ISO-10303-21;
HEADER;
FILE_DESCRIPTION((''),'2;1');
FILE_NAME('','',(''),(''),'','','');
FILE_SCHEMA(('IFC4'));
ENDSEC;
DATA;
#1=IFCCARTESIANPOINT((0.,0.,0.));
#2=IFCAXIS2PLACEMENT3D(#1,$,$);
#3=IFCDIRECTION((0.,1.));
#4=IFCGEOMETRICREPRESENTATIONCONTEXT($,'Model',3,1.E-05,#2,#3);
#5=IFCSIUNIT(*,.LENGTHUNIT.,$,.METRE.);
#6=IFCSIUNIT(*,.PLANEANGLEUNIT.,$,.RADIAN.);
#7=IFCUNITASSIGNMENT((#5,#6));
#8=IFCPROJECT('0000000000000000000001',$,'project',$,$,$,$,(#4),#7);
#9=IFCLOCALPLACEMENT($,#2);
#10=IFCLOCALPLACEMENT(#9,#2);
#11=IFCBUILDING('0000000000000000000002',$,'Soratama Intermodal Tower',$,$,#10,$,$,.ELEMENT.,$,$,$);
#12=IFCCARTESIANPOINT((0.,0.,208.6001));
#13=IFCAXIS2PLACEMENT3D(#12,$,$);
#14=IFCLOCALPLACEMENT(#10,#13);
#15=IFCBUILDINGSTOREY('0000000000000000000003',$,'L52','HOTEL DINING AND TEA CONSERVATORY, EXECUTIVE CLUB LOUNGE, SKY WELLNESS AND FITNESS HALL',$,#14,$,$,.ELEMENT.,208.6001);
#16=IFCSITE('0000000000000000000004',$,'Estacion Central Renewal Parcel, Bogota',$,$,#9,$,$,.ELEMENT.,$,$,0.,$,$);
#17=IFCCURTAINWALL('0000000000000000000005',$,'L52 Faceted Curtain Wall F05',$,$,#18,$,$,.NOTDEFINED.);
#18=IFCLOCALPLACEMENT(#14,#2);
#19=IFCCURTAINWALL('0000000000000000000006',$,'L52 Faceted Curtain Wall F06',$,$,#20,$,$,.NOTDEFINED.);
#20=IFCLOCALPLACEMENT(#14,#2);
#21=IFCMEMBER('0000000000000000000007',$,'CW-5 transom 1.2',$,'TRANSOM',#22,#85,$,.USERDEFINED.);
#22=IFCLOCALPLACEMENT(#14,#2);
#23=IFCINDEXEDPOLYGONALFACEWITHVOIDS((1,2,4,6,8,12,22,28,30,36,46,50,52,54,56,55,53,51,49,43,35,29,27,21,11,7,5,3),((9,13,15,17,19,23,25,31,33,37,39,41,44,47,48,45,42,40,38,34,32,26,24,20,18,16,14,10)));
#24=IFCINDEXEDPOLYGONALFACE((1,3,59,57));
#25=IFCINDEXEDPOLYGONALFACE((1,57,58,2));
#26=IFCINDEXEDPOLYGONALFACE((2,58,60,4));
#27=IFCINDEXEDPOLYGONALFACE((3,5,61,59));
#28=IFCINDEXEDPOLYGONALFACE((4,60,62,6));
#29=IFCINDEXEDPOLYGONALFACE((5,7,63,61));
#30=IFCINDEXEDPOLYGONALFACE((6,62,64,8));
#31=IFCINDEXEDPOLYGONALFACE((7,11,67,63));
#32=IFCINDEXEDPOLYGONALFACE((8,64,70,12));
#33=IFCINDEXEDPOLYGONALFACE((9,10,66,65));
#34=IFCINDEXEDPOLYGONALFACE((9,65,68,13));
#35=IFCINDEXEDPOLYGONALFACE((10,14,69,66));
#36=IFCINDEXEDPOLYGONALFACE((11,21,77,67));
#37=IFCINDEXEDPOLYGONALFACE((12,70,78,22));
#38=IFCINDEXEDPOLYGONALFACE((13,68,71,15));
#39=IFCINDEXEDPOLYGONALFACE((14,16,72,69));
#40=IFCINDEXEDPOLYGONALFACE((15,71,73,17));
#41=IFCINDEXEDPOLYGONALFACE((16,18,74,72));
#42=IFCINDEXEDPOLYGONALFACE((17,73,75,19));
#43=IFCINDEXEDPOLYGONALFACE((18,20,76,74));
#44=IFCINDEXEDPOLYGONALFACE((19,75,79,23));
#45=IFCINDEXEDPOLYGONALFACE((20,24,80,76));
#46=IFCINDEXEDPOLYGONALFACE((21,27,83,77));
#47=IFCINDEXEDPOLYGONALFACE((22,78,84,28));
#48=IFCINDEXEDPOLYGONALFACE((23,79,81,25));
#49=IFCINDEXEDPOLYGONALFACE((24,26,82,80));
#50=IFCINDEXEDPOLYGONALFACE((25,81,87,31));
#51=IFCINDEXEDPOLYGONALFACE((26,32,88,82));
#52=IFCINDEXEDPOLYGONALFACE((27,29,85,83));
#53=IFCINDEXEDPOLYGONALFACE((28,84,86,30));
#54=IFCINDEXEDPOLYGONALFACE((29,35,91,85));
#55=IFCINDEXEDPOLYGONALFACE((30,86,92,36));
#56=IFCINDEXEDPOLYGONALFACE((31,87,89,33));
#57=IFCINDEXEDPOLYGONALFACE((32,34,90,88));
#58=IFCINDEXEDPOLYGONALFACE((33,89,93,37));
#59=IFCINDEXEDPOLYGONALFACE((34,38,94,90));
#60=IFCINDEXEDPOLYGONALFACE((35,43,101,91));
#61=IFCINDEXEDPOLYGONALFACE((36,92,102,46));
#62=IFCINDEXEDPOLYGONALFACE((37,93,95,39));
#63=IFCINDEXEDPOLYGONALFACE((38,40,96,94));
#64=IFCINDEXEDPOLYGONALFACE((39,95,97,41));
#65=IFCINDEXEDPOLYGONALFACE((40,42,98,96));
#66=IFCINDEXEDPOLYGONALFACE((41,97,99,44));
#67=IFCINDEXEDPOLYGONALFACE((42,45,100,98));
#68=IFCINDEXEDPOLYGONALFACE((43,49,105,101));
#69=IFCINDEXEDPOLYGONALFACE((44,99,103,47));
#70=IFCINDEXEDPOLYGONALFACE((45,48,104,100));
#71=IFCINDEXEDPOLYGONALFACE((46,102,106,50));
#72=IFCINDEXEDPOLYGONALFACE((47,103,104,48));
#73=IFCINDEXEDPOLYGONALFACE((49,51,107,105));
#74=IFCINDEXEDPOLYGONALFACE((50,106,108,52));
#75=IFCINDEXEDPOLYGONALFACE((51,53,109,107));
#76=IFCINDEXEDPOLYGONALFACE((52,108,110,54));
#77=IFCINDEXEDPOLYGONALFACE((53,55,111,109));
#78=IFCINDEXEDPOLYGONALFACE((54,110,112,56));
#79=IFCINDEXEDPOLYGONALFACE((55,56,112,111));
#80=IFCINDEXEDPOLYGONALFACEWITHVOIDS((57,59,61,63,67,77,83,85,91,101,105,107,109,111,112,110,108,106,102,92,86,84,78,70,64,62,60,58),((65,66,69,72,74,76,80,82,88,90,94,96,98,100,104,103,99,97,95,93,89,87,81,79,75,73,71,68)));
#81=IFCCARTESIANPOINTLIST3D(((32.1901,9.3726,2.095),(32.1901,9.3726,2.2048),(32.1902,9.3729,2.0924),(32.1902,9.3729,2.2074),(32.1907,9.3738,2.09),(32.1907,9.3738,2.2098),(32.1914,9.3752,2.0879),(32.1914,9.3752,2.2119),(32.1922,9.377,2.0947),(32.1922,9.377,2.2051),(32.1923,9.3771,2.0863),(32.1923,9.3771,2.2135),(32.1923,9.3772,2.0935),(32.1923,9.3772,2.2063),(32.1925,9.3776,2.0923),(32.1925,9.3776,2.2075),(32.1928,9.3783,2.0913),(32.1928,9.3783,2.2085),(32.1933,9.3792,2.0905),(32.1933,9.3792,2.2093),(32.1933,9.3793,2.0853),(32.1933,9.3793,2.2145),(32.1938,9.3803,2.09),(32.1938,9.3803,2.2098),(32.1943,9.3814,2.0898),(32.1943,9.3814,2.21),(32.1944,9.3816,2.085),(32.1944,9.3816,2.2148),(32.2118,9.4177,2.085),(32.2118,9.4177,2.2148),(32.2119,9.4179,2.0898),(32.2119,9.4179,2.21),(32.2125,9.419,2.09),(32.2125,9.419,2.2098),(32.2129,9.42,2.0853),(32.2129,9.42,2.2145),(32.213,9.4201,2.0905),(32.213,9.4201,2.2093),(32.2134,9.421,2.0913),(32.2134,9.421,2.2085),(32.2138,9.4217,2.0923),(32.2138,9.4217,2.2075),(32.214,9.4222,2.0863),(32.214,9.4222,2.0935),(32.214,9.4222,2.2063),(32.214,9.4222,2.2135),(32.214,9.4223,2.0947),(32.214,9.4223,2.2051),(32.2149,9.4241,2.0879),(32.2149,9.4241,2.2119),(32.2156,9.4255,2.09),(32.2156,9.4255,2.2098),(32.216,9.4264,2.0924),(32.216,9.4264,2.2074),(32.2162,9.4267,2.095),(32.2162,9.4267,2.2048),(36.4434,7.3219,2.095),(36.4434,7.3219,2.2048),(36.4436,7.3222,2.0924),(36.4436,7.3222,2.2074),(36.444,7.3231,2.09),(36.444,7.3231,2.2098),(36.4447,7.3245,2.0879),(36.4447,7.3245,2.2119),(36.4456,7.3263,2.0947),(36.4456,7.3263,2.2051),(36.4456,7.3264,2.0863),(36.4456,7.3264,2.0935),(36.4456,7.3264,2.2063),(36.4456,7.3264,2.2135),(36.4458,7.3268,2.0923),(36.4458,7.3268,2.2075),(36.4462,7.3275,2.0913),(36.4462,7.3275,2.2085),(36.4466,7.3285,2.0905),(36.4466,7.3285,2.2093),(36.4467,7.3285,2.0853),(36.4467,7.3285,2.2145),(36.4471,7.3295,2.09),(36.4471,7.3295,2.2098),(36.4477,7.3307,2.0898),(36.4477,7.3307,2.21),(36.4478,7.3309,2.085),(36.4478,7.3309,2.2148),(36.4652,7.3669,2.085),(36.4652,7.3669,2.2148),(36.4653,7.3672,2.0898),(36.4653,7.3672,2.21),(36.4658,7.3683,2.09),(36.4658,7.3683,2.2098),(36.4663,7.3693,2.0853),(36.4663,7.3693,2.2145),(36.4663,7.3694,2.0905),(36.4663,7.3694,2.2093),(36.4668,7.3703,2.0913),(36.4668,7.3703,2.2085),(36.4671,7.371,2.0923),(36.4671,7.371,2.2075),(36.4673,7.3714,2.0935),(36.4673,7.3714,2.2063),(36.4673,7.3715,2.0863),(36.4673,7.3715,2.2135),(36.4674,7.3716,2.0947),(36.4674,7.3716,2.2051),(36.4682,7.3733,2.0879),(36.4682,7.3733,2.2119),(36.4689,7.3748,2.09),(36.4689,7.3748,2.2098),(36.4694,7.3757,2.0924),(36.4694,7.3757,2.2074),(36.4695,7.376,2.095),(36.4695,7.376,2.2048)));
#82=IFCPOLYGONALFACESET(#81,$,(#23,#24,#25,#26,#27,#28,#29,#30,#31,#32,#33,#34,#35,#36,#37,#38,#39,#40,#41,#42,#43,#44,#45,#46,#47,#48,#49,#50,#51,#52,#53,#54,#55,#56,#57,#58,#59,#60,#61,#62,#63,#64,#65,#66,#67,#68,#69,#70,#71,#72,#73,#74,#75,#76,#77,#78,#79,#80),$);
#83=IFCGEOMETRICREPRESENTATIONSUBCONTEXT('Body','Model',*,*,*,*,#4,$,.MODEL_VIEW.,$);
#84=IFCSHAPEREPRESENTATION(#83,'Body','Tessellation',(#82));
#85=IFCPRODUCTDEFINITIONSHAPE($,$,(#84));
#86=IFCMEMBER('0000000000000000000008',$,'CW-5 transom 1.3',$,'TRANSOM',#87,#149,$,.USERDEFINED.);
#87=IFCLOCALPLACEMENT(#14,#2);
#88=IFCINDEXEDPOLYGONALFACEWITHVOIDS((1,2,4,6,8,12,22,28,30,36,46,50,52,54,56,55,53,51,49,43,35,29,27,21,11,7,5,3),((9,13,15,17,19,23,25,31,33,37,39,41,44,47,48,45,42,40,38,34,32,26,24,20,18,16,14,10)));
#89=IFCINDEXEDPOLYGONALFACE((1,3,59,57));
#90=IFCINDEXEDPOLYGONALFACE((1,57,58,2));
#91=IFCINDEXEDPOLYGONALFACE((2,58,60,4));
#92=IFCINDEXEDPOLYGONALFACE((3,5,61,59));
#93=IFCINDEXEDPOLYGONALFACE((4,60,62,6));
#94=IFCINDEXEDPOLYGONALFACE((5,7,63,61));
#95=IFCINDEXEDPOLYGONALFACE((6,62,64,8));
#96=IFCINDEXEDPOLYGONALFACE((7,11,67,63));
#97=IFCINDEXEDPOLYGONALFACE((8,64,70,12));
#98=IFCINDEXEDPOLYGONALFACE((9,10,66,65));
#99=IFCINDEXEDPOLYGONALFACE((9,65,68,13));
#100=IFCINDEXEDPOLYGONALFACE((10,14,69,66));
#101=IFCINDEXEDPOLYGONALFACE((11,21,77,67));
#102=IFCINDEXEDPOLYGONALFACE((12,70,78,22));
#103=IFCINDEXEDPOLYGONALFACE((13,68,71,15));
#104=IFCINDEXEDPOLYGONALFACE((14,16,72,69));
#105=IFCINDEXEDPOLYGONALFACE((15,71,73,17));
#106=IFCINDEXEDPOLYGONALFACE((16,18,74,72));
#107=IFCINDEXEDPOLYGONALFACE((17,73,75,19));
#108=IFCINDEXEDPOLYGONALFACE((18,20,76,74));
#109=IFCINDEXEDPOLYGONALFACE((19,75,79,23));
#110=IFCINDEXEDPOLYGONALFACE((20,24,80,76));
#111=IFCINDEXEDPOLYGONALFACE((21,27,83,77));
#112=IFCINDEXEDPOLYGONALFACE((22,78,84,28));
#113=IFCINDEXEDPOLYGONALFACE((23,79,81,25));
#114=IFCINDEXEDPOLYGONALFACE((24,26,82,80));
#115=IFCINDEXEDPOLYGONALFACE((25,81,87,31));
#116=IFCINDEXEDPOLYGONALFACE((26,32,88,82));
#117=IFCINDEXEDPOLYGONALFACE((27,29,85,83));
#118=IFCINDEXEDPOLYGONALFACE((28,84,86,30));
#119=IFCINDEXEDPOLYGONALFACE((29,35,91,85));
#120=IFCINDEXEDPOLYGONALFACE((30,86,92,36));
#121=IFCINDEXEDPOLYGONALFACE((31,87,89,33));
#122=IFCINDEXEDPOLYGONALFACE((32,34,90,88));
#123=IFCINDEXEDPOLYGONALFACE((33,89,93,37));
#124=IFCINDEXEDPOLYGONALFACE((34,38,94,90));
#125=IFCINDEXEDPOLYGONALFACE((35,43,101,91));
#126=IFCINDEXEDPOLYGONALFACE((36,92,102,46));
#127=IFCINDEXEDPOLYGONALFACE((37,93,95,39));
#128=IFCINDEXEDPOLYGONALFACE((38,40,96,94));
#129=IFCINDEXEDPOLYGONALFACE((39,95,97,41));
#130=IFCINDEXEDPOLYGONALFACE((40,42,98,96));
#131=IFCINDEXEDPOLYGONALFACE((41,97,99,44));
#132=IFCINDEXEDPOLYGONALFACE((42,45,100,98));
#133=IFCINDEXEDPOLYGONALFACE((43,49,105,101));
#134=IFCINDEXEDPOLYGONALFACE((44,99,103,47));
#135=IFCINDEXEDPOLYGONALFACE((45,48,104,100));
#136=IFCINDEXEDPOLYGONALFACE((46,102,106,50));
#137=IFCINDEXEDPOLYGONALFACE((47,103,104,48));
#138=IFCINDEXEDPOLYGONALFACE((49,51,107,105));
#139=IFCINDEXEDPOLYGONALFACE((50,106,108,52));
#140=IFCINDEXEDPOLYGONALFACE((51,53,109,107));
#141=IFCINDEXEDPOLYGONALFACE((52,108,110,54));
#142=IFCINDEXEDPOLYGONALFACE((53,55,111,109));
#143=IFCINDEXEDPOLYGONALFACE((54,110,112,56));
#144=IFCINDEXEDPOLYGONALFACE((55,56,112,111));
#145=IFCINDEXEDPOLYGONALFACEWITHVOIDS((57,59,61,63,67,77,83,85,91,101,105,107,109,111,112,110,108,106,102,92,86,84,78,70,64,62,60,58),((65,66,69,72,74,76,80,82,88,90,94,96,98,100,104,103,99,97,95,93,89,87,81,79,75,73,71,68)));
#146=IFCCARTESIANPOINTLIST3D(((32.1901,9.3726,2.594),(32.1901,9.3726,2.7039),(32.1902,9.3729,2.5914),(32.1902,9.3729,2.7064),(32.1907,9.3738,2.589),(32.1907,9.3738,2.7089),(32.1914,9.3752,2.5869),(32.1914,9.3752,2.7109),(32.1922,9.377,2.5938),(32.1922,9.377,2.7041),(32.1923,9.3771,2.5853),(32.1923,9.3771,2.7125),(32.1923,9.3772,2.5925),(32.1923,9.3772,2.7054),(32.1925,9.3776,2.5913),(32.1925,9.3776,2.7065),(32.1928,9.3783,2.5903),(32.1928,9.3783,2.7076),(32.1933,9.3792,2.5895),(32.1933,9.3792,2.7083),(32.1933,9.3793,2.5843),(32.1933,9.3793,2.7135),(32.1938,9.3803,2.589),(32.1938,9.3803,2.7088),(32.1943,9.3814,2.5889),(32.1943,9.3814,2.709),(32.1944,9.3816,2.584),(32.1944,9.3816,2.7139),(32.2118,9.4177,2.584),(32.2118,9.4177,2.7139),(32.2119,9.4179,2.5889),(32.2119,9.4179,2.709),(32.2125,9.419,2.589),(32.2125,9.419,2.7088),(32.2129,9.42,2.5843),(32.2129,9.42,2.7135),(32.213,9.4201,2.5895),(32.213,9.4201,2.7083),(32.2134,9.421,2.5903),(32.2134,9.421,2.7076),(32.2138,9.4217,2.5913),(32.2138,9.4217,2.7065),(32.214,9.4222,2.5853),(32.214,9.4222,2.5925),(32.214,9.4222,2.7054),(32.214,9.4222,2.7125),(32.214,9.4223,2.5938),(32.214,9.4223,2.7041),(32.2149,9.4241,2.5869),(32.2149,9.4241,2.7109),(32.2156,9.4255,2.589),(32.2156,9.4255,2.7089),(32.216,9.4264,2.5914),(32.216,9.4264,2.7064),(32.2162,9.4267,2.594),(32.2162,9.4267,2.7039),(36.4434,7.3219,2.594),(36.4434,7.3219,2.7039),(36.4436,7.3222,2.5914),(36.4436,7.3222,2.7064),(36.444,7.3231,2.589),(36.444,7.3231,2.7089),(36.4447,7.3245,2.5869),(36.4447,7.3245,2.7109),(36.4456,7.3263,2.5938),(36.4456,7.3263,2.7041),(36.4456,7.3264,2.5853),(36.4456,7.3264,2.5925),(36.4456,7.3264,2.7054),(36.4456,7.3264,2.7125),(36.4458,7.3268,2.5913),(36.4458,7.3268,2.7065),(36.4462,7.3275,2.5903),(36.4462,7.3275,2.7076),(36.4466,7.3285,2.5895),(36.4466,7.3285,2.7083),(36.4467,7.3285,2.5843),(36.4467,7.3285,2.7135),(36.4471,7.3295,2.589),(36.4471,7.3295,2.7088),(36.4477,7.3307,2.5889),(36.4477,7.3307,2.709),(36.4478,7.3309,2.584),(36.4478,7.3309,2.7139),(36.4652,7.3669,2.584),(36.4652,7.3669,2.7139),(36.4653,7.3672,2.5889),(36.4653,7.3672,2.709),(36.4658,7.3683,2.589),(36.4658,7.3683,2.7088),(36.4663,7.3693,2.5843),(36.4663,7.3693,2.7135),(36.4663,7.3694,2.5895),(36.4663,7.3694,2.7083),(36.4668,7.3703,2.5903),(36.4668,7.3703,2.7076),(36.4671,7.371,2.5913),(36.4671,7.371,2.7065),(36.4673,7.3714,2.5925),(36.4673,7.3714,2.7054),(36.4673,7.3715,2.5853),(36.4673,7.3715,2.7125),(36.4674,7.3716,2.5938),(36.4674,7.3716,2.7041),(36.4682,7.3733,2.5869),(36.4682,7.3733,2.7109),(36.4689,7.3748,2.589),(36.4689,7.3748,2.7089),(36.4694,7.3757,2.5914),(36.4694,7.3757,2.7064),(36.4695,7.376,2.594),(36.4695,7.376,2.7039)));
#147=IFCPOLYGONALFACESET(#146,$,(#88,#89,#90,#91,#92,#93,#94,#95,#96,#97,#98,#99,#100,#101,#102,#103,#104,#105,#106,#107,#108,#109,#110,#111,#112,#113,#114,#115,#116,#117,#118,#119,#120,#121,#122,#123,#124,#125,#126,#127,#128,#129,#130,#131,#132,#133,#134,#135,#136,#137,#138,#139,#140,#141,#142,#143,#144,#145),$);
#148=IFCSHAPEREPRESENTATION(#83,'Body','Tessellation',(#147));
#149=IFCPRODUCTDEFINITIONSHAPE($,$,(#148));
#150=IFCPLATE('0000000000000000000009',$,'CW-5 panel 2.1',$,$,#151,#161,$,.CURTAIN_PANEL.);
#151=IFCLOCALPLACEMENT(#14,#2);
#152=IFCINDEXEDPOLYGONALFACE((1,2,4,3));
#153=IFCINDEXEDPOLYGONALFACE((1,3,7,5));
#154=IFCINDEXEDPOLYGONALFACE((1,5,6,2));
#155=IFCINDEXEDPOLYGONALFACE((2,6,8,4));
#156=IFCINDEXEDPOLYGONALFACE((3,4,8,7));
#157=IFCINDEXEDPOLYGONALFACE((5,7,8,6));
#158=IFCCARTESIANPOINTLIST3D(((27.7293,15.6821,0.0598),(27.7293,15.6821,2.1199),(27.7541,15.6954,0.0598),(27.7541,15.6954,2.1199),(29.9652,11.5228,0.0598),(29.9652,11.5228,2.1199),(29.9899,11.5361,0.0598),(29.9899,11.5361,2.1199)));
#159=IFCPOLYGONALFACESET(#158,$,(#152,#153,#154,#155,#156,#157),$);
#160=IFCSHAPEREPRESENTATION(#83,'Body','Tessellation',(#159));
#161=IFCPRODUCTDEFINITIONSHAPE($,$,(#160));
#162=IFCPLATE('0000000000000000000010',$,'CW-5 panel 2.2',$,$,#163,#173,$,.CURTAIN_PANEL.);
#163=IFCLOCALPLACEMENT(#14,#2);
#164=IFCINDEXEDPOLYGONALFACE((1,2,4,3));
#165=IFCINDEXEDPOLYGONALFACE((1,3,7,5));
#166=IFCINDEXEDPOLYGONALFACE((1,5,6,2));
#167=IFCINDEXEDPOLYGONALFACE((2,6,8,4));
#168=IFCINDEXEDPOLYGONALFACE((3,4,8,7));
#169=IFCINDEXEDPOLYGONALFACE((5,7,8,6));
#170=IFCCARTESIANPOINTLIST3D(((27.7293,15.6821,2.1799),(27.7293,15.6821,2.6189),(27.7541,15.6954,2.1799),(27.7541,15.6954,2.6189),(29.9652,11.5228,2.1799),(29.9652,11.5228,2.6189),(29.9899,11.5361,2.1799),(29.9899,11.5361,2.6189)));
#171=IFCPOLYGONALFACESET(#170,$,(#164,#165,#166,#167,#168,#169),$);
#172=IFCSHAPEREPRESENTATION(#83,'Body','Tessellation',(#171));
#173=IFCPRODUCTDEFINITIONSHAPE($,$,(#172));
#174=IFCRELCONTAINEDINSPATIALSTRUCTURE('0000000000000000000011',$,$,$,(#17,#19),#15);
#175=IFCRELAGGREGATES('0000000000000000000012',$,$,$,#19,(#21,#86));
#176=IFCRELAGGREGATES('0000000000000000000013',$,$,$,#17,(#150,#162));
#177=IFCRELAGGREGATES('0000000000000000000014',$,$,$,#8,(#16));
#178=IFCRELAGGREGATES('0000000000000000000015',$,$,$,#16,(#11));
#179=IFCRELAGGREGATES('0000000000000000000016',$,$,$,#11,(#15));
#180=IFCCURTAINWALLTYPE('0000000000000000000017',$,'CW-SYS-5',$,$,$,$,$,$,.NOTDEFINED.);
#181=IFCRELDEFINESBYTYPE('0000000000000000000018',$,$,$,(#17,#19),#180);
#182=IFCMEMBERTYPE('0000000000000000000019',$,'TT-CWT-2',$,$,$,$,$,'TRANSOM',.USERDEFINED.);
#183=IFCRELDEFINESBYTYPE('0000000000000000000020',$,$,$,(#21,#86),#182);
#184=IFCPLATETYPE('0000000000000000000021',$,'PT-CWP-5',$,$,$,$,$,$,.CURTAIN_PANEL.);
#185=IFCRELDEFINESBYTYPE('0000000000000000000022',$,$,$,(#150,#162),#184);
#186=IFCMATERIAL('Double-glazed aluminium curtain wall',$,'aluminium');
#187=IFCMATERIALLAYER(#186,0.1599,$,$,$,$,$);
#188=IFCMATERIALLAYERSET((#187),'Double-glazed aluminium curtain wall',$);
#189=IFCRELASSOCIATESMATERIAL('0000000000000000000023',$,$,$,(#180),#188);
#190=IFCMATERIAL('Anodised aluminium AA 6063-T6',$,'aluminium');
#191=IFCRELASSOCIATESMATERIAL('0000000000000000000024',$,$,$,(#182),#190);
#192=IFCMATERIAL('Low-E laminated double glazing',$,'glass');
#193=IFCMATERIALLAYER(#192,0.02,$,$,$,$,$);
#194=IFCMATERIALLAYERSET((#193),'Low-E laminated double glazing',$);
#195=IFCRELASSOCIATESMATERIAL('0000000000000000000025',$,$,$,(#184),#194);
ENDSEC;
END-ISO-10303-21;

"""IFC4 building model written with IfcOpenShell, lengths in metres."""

from ifc_helpers import new_model, si_unit, direction, frame, origin, origin_2d, place, context, subcontext, project, spatial, rectangle, hollow_rectangle, extrude, material, layer, layer_set, material_profile, profile_set, type_object, element, aggregate, save


model = new_model("IFC4")

# Units and contexts
model_context = context("Model", 3, precision=1e-05, world=origin(), true_north=direction((0.0, 1.0)))
body_context = subcontext(model_context, "Body", "Model", "MODEL_VIEW")
ifc_project = project(units=[si_unit("LENGTHUNIT", "METRE"), si_unit("PLANEANGLEUNIT", "RADIAN")], contexts=[model_context])

# Site, building, storey
site_placement = place(None, origin())
site = spatial("IfcSite", under=ifc_project, at=site_placement, Name="Estacion Central Renewal Parcel, Bogota", CompositionType="ELEMENT", RefElevation=0.0)
building_placement = place(site_placement, origin())
building = spatial("IfcBuilding", under=site, at=building_placement, Name="Soratama Intermodal Tower", CompositionType="ELEMENT")
storey_placement = place(building_placement, frame((0.0, 0.0, 208.6001)))
storey = spatial("IfcBuildingStorey", under=building, at=storey_placement, Name="L52", Description="HOTEL DINING AND TEA CONSERVATORY, EXECUTIVE CLUB LOUNGE, SKY WELLNESS AND FITNESS HALL", CompositionType="ELEMENT", Elevation=208.6001)

# Curtain walls
ifc_material_1 = material(Name="Double-glazed aluminium curtain wall", Category="aluminium")
ifc_layer_1 = layer(ifc_material_1, 0.1599)
ifc_layer_set_1 = layer_set([ifc_layer_1], Name="Double-glazed aluminium curtain wall")
curtain_wall_type = type_object("IfcCurtainWallType", Name="CW-SYS-5", PredefinedType="NOTDEFINED", material=ifc_layer_set_1)
curtain_wall_1_placement = place(storey_placement, origin())
curtain_wall_1 = element("IfcCurtainWall", 1, at=curtain_wall_1_placement, inside=storey, type_object=curtain_wall_type, Name="L52 Faceted Curtain Wall F05", PredefinedType="NOTDEFINED")
curtain_wall_2_placement = place(storey_placement, origin())
curtain_wall_2 = element("IfcCurtainWall", 2, at=curtain_wall_2_placement, inside=storey, type_object=curtain_wall_type, Name="L52 Faceted Curtain Wall F06", PredefinedType="NOTDEFINED")

# Members
ifc_material_2 = material(Name="Anodised aluminium AA 6063-T6", Category="aluminium")
ifc_material_profile_1 = material_profile(ifc_material_2, hollow_rectangle(XDim=0.0601, YDim=0.1299, WallThickness=0.0049, InnerFilletRadius=0.0049, OuterFilletRadius=0.01, at=origin_2d()), Name="CWT130X60X5")
ifc_profile_set_1 = profile_set([ifc_material_profile_1], Name="Anodised aluminium AA 6063-T6")
member_type_1 = type_object("IfcMemberType", Name="TT-CWT-2", ElementType="TRANSOM", PredefinedType="USERDEFINED", material=ifc_profile_set_1)
member_1_placement = place(storey_placement, frame((32.2031, 9.3997, 2.1499), z_axis=(0.900767, -0.434304, 0.0), x_axis=(0.434304, 0.900767, 0.0)))
member_1 = element("IfcMember", 3, at=member_1_placement, type_object=member_type_1, Name="CW-5 transom 1.2", ObjectType="TRANSOM", PredefinedType="USERDEFINED", context=body_context, shape_type="SweptSolid", body=[
    extrude(hollow_rectangle(XDim=0.0601, YDim=0.1299, WallThickness=0.0049, InnerFilletRadius=0.0049, OuterFilletRadius=0.01, at=origin_2d()), origin(), (0.0, 0.0, 1.0), 4.7219),
])
member_2_placement = place(storey_placement, frame((32.2031, 9.3997, 2.6489), z_axis=(0.900767, -0.434304, 0.0), x_axis=(0.434304, 0.900767, 0.0)))
member_2 = element("IfcMember", 4, at=member_2_placement, type_object=member_type_1, Name="CW-5 transom 1.3", ObjectType="TRANSOM", PredefinedType="USERDEFINED", context=body_context, shape_type="SweptSolid", body=[
    extrude(hollow_rectangle(XDim=0.0601, YDim=0.1299, WallThickness=0.0049, InnerFilletRadius=0.0049, OuterFilletRadius=0.01, at=origin_2d()), origin(), (0.0, 0.0, 1.0), 4.7219),
])
aggregate(curtain_wall_2, [member_1, member_2])

# Plates
ifc_material_3 = material(Name="Low-E laminated double glazing", Category="glass")
ifc_layer_2 = layer(ifc_material_3, 0.02)
ifc_layer_set_2 = layer_set([ifc_layer_2], Name="Low-E laminated double glazing")
plate_type = type_object("IfcPlateType", Name="PT-CWP-5", PredefinedType="CURTAIN_PANEL", material=ifc_layer_set_2)
plate_1_placement = place(storey_placement, frame((28.8596, 13.6091, 0.0598), z_axis=(0.0, 0.0, 1.0), x_axis=(0.473476, -0.880807, 0.0)))
plate_1 = element("IfcPlate", 5, at=plate_1_placement, type_object=plate_type, Name="CW-5 panel 2.1", PredefinedType="CURTAIN_PANEL", context=body_context, shape_type="SweptSolid", body=[
    extrude(rectangle(XDim=4.7222, YDim=0.0281, at=origin_2d()), origin(), (0.0, 0.0, 1.0), 2.0601),
])
plate_2_placement = place(storey_placement, frame((28.8596, 13.6091, 2.1799), z_axis=(0.0, 0.0, 1.0), x_axis=(0.473476, -0.880807, 0.0)))
plate_2 = element("IfcPlate", 6, at=plate_2_placement, type_object=plate_type, Name="CW-5 panel 2.2", PredefinedType="CURTAIN_PANEL", context=body_context, shape_type="SweptSolid", body=[
    extrude(rectangle(XDim=4.7222, YDim=0.0281, at=origin_2d()), origin(), (0.0, 0.0, 1.0), 0.439),
])
aggregate(curtain_wall_1, [plate_1, plate_2])

save(model, "model.ifc")
